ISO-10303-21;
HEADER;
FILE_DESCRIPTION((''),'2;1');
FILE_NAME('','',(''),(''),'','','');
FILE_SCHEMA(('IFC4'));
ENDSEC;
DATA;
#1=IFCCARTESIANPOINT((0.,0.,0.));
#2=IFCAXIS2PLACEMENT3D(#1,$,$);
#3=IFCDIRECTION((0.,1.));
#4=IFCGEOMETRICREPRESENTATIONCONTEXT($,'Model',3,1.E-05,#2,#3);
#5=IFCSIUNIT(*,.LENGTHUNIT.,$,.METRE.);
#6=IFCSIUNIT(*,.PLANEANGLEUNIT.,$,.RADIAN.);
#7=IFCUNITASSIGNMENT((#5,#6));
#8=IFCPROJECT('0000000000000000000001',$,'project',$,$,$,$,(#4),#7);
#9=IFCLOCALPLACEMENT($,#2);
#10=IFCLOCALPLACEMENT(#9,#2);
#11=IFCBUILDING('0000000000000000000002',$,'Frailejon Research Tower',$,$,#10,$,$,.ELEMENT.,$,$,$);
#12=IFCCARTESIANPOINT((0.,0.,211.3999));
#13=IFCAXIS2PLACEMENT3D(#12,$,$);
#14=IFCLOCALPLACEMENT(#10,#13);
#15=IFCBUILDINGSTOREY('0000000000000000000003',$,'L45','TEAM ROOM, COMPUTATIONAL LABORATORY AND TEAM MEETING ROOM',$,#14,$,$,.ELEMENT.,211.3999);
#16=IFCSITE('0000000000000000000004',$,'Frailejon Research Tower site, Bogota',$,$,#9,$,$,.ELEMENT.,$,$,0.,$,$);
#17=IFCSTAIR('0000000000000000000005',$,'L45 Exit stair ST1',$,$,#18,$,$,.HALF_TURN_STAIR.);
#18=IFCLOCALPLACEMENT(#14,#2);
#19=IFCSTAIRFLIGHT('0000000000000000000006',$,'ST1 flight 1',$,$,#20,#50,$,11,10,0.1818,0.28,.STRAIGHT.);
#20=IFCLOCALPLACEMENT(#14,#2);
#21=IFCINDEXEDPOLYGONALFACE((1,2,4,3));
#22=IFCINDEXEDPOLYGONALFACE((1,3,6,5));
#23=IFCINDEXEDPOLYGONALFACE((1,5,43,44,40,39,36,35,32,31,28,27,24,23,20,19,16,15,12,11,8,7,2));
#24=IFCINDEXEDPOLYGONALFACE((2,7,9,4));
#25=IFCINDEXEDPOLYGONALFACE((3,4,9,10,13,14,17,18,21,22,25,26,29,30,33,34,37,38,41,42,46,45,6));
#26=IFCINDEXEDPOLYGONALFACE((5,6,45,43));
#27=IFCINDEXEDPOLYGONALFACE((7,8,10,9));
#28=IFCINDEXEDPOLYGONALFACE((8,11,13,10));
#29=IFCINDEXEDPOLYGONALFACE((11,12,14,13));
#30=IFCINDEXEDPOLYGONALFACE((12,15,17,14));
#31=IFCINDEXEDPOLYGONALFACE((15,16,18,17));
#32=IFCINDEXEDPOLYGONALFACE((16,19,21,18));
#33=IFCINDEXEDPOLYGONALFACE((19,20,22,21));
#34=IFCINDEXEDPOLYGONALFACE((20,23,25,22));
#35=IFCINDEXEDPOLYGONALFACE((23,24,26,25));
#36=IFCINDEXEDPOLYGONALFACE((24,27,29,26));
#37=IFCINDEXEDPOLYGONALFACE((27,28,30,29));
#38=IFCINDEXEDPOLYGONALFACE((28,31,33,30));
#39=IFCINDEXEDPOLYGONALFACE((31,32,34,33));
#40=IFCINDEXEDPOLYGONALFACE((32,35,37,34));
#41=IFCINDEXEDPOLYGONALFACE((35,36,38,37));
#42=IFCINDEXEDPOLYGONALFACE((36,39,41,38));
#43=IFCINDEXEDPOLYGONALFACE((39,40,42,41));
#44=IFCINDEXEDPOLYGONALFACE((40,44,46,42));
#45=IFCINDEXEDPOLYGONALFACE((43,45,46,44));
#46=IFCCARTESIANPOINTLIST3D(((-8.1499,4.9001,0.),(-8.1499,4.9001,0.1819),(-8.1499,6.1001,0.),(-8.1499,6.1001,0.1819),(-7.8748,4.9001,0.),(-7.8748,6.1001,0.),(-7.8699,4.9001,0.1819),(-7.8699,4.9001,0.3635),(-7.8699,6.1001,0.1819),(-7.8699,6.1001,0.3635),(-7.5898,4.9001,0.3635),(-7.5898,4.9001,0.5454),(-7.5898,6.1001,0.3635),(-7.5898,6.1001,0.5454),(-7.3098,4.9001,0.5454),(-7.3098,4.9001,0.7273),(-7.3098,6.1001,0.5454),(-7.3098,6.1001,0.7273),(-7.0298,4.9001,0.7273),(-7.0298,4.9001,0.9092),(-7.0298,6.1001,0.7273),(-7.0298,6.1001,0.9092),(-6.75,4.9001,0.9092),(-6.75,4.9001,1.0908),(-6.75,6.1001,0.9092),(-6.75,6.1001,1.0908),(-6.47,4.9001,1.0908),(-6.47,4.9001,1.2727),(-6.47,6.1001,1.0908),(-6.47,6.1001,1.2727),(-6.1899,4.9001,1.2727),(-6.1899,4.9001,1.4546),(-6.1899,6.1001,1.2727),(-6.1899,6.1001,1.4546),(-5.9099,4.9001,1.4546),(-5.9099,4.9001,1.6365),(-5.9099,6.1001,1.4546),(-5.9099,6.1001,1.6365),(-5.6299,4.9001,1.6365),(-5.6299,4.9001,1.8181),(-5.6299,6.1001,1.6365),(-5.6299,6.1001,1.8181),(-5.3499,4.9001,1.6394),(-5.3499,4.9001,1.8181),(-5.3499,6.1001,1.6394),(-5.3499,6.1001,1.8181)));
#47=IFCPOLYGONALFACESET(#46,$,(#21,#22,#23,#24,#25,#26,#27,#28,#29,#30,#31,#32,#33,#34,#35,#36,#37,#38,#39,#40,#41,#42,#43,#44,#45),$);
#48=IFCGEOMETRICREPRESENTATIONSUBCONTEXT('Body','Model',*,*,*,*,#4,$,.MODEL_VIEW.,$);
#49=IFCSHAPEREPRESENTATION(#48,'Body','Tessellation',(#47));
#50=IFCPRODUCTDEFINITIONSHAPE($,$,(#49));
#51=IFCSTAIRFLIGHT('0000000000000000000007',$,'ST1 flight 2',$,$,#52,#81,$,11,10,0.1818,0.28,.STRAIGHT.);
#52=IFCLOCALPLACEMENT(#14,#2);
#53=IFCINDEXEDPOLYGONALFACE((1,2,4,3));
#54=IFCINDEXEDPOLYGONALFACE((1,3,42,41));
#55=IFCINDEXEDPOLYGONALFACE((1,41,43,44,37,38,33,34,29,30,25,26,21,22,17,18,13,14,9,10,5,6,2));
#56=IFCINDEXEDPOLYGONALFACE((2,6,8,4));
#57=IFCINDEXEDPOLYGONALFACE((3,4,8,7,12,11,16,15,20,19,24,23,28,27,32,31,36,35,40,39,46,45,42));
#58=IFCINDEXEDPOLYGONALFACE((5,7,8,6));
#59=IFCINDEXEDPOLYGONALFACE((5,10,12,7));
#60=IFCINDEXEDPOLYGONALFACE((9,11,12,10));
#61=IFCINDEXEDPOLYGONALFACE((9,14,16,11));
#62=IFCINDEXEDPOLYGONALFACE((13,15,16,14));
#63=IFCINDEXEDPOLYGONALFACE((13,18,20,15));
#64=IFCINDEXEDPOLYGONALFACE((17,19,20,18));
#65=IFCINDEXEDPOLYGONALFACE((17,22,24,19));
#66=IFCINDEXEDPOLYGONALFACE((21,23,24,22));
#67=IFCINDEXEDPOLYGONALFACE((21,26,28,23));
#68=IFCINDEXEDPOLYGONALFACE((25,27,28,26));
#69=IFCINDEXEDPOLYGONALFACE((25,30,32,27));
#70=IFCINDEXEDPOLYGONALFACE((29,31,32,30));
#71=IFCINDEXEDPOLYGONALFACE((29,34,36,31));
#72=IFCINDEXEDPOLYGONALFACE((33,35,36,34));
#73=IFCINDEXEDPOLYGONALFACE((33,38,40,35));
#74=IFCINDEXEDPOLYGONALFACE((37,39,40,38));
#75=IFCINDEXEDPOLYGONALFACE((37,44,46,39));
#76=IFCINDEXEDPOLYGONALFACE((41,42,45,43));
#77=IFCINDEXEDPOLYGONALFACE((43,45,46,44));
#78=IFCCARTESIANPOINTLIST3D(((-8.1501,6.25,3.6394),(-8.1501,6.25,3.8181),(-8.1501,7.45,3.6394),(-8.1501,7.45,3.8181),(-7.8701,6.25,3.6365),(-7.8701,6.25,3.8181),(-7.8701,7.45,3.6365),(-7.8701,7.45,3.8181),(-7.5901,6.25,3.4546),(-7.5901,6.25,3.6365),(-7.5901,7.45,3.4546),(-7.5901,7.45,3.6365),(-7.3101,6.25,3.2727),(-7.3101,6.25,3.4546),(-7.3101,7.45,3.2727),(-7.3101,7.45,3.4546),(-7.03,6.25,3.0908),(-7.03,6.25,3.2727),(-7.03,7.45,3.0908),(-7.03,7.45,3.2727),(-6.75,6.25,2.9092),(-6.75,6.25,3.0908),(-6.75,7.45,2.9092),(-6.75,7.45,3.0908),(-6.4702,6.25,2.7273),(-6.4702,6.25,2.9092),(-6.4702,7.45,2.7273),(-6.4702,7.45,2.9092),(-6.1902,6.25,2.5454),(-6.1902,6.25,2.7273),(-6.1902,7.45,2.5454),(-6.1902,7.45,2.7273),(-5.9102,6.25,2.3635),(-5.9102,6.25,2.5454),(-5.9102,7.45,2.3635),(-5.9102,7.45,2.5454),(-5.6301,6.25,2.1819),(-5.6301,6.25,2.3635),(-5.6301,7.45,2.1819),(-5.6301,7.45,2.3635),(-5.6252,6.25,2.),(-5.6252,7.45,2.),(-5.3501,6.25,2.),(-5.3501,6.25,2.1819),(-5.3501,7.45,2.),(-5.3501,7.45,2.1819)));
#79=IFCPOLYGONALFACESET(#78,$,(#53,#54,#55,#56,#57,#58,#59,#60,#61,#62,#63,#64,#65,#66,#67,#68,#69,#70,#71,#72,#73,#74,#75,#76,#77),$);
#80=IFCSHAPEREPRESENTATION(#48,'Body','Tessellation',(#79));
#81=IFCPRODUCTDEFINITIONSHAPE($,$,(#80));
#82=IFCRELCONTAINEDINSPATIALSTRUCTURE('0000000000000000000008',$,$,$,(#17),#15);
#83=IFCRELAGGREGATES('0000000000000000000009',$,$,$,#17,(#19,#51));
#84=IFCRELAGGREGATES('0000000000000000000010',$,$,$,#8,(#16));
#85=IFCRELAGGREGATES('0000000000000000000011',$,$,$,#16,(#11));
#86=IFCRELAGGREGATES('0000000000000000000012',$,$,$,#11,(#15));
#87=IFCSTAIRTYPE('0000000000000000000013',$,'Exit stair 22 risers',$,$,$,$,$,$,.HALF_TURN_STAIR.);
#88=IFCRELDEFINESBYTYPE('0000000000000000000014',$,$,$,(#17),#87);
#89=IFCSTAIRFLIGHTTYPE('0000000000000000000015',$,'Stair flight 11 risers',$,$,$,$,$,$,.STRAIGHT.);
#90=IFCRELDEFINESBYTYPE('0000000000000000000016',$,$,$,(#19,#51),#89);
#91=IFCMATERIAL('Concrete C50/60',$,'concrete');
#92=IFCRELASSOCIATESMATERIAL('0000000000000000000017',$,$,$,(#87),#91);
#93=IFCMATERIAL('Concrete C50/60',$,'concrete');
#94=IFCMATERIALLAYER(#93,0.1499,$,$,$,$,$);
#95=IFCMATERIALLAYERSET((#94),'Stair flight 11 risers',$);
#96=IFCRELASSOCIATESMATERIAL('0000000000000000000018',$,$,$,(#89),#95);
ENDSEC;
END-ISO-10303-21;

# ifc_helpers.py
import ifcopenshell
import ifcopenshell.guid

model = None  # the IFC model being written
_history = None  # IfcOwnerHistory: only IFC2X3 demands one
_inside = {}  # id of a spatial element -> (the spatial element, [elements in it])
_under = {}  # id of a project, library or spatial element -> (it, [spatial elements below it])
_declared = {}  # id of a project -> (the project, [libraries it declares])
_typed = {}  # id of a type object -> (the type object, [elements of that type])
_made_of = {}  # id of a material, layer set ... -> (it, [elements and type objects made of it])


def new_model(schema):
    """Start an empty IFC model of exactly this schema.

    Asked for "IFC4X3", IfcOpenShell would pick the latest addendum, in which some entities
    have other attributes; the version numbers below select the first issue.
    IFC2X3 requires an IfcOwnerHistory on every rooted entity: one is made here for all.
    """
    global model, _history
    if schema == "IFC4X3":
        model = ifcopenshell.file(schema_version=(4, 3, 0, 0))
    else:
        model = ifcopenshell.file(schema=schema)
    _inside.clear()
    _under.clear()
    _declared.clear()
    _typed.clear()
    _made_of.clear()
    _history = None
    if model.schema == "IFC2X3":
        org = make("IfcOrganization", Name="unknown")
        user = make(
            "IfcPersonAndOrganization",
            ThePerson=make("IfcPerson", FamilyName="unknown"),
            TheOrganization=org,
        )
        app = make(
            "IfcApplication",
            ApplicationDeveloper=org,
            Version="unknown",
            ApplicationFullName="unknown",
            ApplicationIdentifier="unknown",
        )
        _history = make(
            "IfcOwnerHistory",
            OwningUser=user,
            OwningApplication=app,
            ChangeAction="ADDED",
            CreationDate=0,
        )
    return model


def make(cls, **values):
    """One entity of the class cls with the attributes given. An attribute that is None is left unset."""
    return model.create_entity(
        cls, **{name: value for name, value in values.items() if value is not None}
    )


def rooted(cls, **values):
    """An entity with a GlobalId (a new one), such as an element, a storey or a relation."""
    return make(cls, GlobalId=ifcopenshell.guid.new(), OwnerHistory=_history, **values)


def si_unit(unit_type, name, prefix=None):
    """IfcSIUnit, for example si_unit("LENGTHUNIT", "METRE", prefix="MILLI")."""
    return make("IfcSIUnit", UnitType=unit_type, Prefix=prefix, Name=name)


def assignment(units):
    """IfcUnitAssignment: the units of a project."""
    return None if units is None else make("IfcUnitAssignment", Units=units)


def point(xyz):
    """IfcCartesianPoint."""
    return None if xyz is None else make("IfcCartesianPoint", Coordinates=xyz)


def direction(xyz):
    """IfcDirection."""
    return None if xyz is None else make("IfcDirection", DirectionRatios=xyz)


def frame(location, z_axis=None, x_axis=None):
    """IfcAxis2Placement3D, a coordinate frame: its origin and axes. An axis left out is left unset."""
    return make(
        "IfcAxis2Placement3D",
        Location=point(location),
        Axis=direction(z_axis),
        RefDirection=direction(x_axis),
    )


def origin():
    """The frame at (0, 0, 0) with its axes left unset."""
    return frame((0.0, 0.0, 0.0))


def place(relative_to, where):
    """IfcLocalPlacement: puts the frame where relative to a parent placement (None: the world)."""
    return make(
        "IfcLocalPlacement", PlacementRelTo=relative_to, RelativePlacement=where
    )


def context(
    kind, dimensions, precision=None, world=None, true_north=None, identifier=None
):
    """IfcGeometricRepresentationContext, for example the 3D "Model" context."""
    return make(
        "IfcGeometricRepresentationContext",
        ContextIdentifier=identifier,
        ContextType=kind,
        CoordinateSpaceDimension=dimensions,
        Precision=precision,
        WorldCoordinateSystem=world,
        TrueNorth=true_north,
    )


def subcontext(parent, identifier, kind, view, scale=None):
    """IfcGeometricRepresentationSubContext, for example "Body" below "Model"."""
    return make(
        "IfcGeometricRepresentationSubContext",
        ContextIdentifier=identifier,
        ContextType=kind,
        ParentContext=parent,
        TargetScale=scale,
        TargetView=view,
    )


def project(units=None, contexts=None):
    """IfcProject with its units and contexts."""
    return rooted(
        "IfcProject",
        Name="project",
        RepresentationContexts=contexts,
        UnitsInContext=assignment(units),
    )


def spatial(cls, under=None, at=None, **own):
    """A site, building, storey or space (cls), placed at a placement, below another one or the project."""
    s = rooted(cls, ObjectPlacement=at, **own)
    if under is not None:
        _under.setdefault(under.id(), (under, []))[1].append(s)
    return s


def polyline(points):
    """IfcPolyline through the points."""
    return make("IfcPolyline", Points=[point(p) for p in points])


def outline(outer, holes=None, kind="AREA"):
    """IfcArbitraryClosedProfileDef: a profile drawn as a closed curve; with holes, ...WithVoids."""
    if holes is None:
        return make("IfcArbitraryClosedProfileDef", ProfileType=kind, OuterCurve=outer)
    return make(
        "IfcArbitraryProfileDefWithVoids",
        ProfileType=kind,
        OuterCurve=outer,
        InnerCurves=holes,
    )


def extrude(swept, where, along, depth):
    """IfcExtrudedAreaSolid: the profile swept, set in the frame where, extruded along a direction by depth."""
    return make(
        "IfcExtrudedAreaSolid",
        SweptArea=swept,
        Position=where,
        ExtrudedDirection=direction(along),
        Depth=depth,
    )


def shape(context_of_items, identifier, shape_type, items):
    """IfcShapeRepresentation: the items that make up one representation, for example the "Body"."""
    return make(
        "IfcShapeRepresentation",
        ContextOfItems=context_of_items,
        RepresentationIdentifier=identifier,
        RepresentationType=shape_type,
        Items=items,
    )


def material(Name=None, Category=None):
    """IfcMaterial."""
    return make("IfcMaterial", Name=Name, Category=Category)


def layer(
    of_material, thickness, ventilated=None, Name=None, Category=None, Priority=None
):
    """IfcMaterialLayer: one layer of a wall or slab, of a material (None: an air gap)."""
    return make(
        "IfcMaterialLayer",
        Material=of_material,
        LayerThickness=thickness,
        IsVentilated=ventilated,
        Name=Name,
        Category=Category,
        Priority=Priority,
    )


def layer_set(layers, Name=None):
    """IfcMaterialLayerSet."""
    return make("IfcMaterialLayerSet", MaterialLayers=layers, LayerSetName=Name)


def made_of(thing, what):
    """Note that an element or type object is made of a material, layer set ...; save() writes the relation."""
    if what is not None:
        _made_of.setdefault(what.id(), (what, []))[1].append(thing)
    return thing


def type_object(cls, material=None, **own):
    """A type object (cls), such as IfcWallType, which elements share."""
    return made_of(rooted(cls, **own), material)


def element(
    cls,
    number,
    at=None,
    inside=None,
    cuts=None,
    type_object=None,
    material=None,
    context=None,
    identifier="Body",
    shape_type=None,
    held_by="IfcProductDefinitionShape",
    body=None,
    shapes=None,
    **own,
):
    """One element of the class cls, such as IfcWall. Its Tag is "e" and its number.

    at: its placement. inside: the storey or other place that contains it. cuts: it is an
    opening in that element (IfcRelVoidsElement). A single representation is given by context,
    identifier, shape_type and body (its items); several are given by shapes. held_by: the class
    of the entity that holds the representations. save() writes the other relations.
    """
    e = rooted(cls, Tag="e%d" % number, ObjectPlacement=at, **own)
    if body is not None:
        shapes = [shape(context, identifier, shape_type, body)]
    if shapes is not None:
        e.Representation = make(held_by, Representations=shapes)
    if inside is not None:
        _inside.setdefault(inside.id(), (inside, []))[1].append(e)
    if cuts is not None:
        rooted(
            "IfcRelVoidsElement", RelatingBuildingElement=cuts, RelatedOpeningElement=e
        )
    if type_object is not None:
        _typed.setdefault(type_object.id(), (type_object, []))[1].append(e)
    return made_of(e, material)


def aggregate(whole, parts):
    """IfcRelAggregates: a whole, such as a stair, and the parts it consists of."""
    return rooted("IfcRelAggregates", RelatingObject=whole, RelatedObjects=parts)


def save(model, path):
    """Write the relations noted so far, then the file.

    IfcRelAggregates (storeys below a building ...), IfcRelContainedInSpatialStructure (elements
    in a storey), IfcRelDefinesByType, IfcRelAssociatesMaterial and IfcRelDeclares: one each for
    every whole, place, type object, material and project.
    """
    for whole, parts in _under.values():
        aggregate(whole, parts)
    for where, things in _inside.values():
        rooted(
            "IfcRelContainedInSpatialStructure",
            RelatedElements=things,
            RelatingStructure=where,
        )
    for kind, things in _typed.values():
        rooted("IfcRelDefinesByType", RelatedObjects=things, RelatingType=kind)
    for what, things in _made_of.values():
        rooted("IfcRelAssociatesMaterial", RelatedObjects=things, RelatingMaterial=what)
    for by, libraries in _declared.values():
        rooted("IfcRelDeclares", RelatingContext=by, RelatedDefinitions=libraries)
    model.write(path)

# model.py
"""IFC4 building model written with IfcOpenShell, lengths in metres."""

from ifc_helpers import new_model, si_unit, direction, frame, origin, place, context, subcontext, project, spatial, polyline, outline, extrude, material, layer, layer_set, type_object, element, aggregate, save


model = new_model("IFC4")

# Units and contexts
model_context = context("Model", 3, precision=1e-05, world=origin(), true_north=direction((0.0, 1.0)))
body_context = subcontext(model_context, "Body", "Model", "MODEL_VIEW")
ifc_project = project(units=[si_unit("LENGTHUNIT", "METRE"), si_unit("PLANEANGLEUNIT", "RADIAN")], contexts=[model_context])

# Site, building, storey
site_placement = place(None, origin())
site = spatial("IfcSite", under=ifc_project, at=site_placement, Name="Frailejon Research Tower site, Bogota", CompositionType="ELEMENT", RefElevation=0.0)
building_placement = place(site_placement, origin())
building = spatial("IfcBuilding", under=site, at=building_placement, Name="Frailejon Research Tower", CompositionType="ELEMENT")
storey_placement = place(building_placement, frame((0.0, 0.0, 211.3999)))
storey = spatial("IfcBuildingStorey", under=building, at=storey_placement, Name="L45", Description="TEAM ROOM, COMPUTATIONAL LABORATORY AND TEAM MEETING ROOM", CompositionType="ELEMENT", Elevation=211.3999)

# Stair, stair flights
ifc_material_1 = material(Name="Concrete C50/60", Category="concrete")
stair_type = type_object("IfcStairType", Name="Exit stair 22 risers", PredefinedType="HALF_TURN_STAIR", material=ifc_material_1)
stair_placement = place(storey_placement, origin())
stair = element("IfcStair", 1, at=stair_placement, inside=storey, type_object=stair_type, Name="L45 Exit stair ST1", PredefinedType="HALF_TURN_STAIR")
ifc_material_2 = material(Name="Concrete C50/60", Category="concrete")
ifc_layer_1 = layer(ifc_material_2, 0.1499)
ifc_layer_set_1 = layer_set([ifc_layer_1], Name="Stair flight 11 risers")
stair_flight_type = type_object("IfcStairFlightType", Name="Stair flight 11 risers", PredefinedType="STRAIGHT", material=ifc_layer_set_1)
stair_flight_1_placement = place(storey_placement, frame((-8.1499, 5.5, 0.0), z_axis=(0.0, 0.0, 1.0), x_axis=(1.0, 0.0, 0.0)))
stair_flight_1 = element("IfcStairFlight", 2, at=stair_flight_1_placement, type_object=stair_flight_type, Name="ST1 flight 1", NumberOfRisers=11, NumberOfTreads=10, PredefinedType="STRAIGHT", RiserHeight=0.1818, TreadLength=0.28, context=body_context, shape_type="SweptSolid", body=[
    extrude(outline(polyline([(0.0, 0.0), (0.0, 0.1819), (0.28, 0.1819), (0.28, 0.3635), (0.5601, 0.3635), (0.5601, 0.5454), (0.8401, 0.5454), (0.8401, 0.7273), (1.1201, 0.7273), (1.1201, 0.9092), (1.3999, 0.9092), (1.3999, 1.0908), (1.6799, 1.0908), (1.6799, 1.2727), (1.96, 1.2727), (1.96, 1.4546), (2.24, 1.4546), (2.24, 1.6365), (2.52, 1.6365), (2.52, 1.8181), (2.8, 1.8181), (2.8, 2.0), (2.8, 1.6394), (0.2751, 0.0), (0.0, 0.0)])), frame((0.0, 0.6001, 0.0), z_axis=(0.0, -1.0, 0.0), x_axis=(1.0, 0.0, 0.0)), (0.0, 0.0, 1.0), 1.2),
])
stair_flight_2_placement = place(storey_placement, frame((-5.3501, 6.8501, 2.0), z_axis=(0.0, 0.0, 1.0), x_axis=(-1.0, 0.0, 0.0)))
stair_flight_2 = element("IfcStairFlight", 3, at=stair_flight_2_placement, type_object=stair_flight_type, Name="ST1 flight 2", NumberOfRisers=11, NumberOfTreads=10, PredefinedType="STRAIGHT", RiserHeight=0.1818, TreadLength=0.28, context=body_context, shape_type="SweptSolid", body=[
    extrude(outline(polyline([(0.0, 0.0), (0.0, 0.1819), (0.28, 0.1819), (0.28, 0.3635), (0.5601, 0.3635), (0.5601, 0.5454), (0.8401, 0.5454), (0.8401, 0.7273), (1.1201, 0.7273), (1.1201, 0.9092), (1.3999, 0.9092), (1.3999, 1.0908), (1.6799, 1.0908), (1.6799, 1.2727), (1.96, 1.2727), (1.96, 1.4546), (2.24, 1.4546), (2.24, 1.6365), (2.52, 1.6365), (2.52, 1.8181), (2.8, 1.8181), (2.8, 2.0), (2.8, 1.6394), (0.2751, 0.0), (0.0, 0.0)])), frame((0.0, 0.6001, 0.0), z_axis=(0.0, -1.0, 0.0), x_axis=(1.0, 0.0, 0.0)), (0.0, 0.0, 1.0), 1.2),
])
aggregate(stair, [stair_flight_1, stair_flight_2])

save(model, "model.ifc")
